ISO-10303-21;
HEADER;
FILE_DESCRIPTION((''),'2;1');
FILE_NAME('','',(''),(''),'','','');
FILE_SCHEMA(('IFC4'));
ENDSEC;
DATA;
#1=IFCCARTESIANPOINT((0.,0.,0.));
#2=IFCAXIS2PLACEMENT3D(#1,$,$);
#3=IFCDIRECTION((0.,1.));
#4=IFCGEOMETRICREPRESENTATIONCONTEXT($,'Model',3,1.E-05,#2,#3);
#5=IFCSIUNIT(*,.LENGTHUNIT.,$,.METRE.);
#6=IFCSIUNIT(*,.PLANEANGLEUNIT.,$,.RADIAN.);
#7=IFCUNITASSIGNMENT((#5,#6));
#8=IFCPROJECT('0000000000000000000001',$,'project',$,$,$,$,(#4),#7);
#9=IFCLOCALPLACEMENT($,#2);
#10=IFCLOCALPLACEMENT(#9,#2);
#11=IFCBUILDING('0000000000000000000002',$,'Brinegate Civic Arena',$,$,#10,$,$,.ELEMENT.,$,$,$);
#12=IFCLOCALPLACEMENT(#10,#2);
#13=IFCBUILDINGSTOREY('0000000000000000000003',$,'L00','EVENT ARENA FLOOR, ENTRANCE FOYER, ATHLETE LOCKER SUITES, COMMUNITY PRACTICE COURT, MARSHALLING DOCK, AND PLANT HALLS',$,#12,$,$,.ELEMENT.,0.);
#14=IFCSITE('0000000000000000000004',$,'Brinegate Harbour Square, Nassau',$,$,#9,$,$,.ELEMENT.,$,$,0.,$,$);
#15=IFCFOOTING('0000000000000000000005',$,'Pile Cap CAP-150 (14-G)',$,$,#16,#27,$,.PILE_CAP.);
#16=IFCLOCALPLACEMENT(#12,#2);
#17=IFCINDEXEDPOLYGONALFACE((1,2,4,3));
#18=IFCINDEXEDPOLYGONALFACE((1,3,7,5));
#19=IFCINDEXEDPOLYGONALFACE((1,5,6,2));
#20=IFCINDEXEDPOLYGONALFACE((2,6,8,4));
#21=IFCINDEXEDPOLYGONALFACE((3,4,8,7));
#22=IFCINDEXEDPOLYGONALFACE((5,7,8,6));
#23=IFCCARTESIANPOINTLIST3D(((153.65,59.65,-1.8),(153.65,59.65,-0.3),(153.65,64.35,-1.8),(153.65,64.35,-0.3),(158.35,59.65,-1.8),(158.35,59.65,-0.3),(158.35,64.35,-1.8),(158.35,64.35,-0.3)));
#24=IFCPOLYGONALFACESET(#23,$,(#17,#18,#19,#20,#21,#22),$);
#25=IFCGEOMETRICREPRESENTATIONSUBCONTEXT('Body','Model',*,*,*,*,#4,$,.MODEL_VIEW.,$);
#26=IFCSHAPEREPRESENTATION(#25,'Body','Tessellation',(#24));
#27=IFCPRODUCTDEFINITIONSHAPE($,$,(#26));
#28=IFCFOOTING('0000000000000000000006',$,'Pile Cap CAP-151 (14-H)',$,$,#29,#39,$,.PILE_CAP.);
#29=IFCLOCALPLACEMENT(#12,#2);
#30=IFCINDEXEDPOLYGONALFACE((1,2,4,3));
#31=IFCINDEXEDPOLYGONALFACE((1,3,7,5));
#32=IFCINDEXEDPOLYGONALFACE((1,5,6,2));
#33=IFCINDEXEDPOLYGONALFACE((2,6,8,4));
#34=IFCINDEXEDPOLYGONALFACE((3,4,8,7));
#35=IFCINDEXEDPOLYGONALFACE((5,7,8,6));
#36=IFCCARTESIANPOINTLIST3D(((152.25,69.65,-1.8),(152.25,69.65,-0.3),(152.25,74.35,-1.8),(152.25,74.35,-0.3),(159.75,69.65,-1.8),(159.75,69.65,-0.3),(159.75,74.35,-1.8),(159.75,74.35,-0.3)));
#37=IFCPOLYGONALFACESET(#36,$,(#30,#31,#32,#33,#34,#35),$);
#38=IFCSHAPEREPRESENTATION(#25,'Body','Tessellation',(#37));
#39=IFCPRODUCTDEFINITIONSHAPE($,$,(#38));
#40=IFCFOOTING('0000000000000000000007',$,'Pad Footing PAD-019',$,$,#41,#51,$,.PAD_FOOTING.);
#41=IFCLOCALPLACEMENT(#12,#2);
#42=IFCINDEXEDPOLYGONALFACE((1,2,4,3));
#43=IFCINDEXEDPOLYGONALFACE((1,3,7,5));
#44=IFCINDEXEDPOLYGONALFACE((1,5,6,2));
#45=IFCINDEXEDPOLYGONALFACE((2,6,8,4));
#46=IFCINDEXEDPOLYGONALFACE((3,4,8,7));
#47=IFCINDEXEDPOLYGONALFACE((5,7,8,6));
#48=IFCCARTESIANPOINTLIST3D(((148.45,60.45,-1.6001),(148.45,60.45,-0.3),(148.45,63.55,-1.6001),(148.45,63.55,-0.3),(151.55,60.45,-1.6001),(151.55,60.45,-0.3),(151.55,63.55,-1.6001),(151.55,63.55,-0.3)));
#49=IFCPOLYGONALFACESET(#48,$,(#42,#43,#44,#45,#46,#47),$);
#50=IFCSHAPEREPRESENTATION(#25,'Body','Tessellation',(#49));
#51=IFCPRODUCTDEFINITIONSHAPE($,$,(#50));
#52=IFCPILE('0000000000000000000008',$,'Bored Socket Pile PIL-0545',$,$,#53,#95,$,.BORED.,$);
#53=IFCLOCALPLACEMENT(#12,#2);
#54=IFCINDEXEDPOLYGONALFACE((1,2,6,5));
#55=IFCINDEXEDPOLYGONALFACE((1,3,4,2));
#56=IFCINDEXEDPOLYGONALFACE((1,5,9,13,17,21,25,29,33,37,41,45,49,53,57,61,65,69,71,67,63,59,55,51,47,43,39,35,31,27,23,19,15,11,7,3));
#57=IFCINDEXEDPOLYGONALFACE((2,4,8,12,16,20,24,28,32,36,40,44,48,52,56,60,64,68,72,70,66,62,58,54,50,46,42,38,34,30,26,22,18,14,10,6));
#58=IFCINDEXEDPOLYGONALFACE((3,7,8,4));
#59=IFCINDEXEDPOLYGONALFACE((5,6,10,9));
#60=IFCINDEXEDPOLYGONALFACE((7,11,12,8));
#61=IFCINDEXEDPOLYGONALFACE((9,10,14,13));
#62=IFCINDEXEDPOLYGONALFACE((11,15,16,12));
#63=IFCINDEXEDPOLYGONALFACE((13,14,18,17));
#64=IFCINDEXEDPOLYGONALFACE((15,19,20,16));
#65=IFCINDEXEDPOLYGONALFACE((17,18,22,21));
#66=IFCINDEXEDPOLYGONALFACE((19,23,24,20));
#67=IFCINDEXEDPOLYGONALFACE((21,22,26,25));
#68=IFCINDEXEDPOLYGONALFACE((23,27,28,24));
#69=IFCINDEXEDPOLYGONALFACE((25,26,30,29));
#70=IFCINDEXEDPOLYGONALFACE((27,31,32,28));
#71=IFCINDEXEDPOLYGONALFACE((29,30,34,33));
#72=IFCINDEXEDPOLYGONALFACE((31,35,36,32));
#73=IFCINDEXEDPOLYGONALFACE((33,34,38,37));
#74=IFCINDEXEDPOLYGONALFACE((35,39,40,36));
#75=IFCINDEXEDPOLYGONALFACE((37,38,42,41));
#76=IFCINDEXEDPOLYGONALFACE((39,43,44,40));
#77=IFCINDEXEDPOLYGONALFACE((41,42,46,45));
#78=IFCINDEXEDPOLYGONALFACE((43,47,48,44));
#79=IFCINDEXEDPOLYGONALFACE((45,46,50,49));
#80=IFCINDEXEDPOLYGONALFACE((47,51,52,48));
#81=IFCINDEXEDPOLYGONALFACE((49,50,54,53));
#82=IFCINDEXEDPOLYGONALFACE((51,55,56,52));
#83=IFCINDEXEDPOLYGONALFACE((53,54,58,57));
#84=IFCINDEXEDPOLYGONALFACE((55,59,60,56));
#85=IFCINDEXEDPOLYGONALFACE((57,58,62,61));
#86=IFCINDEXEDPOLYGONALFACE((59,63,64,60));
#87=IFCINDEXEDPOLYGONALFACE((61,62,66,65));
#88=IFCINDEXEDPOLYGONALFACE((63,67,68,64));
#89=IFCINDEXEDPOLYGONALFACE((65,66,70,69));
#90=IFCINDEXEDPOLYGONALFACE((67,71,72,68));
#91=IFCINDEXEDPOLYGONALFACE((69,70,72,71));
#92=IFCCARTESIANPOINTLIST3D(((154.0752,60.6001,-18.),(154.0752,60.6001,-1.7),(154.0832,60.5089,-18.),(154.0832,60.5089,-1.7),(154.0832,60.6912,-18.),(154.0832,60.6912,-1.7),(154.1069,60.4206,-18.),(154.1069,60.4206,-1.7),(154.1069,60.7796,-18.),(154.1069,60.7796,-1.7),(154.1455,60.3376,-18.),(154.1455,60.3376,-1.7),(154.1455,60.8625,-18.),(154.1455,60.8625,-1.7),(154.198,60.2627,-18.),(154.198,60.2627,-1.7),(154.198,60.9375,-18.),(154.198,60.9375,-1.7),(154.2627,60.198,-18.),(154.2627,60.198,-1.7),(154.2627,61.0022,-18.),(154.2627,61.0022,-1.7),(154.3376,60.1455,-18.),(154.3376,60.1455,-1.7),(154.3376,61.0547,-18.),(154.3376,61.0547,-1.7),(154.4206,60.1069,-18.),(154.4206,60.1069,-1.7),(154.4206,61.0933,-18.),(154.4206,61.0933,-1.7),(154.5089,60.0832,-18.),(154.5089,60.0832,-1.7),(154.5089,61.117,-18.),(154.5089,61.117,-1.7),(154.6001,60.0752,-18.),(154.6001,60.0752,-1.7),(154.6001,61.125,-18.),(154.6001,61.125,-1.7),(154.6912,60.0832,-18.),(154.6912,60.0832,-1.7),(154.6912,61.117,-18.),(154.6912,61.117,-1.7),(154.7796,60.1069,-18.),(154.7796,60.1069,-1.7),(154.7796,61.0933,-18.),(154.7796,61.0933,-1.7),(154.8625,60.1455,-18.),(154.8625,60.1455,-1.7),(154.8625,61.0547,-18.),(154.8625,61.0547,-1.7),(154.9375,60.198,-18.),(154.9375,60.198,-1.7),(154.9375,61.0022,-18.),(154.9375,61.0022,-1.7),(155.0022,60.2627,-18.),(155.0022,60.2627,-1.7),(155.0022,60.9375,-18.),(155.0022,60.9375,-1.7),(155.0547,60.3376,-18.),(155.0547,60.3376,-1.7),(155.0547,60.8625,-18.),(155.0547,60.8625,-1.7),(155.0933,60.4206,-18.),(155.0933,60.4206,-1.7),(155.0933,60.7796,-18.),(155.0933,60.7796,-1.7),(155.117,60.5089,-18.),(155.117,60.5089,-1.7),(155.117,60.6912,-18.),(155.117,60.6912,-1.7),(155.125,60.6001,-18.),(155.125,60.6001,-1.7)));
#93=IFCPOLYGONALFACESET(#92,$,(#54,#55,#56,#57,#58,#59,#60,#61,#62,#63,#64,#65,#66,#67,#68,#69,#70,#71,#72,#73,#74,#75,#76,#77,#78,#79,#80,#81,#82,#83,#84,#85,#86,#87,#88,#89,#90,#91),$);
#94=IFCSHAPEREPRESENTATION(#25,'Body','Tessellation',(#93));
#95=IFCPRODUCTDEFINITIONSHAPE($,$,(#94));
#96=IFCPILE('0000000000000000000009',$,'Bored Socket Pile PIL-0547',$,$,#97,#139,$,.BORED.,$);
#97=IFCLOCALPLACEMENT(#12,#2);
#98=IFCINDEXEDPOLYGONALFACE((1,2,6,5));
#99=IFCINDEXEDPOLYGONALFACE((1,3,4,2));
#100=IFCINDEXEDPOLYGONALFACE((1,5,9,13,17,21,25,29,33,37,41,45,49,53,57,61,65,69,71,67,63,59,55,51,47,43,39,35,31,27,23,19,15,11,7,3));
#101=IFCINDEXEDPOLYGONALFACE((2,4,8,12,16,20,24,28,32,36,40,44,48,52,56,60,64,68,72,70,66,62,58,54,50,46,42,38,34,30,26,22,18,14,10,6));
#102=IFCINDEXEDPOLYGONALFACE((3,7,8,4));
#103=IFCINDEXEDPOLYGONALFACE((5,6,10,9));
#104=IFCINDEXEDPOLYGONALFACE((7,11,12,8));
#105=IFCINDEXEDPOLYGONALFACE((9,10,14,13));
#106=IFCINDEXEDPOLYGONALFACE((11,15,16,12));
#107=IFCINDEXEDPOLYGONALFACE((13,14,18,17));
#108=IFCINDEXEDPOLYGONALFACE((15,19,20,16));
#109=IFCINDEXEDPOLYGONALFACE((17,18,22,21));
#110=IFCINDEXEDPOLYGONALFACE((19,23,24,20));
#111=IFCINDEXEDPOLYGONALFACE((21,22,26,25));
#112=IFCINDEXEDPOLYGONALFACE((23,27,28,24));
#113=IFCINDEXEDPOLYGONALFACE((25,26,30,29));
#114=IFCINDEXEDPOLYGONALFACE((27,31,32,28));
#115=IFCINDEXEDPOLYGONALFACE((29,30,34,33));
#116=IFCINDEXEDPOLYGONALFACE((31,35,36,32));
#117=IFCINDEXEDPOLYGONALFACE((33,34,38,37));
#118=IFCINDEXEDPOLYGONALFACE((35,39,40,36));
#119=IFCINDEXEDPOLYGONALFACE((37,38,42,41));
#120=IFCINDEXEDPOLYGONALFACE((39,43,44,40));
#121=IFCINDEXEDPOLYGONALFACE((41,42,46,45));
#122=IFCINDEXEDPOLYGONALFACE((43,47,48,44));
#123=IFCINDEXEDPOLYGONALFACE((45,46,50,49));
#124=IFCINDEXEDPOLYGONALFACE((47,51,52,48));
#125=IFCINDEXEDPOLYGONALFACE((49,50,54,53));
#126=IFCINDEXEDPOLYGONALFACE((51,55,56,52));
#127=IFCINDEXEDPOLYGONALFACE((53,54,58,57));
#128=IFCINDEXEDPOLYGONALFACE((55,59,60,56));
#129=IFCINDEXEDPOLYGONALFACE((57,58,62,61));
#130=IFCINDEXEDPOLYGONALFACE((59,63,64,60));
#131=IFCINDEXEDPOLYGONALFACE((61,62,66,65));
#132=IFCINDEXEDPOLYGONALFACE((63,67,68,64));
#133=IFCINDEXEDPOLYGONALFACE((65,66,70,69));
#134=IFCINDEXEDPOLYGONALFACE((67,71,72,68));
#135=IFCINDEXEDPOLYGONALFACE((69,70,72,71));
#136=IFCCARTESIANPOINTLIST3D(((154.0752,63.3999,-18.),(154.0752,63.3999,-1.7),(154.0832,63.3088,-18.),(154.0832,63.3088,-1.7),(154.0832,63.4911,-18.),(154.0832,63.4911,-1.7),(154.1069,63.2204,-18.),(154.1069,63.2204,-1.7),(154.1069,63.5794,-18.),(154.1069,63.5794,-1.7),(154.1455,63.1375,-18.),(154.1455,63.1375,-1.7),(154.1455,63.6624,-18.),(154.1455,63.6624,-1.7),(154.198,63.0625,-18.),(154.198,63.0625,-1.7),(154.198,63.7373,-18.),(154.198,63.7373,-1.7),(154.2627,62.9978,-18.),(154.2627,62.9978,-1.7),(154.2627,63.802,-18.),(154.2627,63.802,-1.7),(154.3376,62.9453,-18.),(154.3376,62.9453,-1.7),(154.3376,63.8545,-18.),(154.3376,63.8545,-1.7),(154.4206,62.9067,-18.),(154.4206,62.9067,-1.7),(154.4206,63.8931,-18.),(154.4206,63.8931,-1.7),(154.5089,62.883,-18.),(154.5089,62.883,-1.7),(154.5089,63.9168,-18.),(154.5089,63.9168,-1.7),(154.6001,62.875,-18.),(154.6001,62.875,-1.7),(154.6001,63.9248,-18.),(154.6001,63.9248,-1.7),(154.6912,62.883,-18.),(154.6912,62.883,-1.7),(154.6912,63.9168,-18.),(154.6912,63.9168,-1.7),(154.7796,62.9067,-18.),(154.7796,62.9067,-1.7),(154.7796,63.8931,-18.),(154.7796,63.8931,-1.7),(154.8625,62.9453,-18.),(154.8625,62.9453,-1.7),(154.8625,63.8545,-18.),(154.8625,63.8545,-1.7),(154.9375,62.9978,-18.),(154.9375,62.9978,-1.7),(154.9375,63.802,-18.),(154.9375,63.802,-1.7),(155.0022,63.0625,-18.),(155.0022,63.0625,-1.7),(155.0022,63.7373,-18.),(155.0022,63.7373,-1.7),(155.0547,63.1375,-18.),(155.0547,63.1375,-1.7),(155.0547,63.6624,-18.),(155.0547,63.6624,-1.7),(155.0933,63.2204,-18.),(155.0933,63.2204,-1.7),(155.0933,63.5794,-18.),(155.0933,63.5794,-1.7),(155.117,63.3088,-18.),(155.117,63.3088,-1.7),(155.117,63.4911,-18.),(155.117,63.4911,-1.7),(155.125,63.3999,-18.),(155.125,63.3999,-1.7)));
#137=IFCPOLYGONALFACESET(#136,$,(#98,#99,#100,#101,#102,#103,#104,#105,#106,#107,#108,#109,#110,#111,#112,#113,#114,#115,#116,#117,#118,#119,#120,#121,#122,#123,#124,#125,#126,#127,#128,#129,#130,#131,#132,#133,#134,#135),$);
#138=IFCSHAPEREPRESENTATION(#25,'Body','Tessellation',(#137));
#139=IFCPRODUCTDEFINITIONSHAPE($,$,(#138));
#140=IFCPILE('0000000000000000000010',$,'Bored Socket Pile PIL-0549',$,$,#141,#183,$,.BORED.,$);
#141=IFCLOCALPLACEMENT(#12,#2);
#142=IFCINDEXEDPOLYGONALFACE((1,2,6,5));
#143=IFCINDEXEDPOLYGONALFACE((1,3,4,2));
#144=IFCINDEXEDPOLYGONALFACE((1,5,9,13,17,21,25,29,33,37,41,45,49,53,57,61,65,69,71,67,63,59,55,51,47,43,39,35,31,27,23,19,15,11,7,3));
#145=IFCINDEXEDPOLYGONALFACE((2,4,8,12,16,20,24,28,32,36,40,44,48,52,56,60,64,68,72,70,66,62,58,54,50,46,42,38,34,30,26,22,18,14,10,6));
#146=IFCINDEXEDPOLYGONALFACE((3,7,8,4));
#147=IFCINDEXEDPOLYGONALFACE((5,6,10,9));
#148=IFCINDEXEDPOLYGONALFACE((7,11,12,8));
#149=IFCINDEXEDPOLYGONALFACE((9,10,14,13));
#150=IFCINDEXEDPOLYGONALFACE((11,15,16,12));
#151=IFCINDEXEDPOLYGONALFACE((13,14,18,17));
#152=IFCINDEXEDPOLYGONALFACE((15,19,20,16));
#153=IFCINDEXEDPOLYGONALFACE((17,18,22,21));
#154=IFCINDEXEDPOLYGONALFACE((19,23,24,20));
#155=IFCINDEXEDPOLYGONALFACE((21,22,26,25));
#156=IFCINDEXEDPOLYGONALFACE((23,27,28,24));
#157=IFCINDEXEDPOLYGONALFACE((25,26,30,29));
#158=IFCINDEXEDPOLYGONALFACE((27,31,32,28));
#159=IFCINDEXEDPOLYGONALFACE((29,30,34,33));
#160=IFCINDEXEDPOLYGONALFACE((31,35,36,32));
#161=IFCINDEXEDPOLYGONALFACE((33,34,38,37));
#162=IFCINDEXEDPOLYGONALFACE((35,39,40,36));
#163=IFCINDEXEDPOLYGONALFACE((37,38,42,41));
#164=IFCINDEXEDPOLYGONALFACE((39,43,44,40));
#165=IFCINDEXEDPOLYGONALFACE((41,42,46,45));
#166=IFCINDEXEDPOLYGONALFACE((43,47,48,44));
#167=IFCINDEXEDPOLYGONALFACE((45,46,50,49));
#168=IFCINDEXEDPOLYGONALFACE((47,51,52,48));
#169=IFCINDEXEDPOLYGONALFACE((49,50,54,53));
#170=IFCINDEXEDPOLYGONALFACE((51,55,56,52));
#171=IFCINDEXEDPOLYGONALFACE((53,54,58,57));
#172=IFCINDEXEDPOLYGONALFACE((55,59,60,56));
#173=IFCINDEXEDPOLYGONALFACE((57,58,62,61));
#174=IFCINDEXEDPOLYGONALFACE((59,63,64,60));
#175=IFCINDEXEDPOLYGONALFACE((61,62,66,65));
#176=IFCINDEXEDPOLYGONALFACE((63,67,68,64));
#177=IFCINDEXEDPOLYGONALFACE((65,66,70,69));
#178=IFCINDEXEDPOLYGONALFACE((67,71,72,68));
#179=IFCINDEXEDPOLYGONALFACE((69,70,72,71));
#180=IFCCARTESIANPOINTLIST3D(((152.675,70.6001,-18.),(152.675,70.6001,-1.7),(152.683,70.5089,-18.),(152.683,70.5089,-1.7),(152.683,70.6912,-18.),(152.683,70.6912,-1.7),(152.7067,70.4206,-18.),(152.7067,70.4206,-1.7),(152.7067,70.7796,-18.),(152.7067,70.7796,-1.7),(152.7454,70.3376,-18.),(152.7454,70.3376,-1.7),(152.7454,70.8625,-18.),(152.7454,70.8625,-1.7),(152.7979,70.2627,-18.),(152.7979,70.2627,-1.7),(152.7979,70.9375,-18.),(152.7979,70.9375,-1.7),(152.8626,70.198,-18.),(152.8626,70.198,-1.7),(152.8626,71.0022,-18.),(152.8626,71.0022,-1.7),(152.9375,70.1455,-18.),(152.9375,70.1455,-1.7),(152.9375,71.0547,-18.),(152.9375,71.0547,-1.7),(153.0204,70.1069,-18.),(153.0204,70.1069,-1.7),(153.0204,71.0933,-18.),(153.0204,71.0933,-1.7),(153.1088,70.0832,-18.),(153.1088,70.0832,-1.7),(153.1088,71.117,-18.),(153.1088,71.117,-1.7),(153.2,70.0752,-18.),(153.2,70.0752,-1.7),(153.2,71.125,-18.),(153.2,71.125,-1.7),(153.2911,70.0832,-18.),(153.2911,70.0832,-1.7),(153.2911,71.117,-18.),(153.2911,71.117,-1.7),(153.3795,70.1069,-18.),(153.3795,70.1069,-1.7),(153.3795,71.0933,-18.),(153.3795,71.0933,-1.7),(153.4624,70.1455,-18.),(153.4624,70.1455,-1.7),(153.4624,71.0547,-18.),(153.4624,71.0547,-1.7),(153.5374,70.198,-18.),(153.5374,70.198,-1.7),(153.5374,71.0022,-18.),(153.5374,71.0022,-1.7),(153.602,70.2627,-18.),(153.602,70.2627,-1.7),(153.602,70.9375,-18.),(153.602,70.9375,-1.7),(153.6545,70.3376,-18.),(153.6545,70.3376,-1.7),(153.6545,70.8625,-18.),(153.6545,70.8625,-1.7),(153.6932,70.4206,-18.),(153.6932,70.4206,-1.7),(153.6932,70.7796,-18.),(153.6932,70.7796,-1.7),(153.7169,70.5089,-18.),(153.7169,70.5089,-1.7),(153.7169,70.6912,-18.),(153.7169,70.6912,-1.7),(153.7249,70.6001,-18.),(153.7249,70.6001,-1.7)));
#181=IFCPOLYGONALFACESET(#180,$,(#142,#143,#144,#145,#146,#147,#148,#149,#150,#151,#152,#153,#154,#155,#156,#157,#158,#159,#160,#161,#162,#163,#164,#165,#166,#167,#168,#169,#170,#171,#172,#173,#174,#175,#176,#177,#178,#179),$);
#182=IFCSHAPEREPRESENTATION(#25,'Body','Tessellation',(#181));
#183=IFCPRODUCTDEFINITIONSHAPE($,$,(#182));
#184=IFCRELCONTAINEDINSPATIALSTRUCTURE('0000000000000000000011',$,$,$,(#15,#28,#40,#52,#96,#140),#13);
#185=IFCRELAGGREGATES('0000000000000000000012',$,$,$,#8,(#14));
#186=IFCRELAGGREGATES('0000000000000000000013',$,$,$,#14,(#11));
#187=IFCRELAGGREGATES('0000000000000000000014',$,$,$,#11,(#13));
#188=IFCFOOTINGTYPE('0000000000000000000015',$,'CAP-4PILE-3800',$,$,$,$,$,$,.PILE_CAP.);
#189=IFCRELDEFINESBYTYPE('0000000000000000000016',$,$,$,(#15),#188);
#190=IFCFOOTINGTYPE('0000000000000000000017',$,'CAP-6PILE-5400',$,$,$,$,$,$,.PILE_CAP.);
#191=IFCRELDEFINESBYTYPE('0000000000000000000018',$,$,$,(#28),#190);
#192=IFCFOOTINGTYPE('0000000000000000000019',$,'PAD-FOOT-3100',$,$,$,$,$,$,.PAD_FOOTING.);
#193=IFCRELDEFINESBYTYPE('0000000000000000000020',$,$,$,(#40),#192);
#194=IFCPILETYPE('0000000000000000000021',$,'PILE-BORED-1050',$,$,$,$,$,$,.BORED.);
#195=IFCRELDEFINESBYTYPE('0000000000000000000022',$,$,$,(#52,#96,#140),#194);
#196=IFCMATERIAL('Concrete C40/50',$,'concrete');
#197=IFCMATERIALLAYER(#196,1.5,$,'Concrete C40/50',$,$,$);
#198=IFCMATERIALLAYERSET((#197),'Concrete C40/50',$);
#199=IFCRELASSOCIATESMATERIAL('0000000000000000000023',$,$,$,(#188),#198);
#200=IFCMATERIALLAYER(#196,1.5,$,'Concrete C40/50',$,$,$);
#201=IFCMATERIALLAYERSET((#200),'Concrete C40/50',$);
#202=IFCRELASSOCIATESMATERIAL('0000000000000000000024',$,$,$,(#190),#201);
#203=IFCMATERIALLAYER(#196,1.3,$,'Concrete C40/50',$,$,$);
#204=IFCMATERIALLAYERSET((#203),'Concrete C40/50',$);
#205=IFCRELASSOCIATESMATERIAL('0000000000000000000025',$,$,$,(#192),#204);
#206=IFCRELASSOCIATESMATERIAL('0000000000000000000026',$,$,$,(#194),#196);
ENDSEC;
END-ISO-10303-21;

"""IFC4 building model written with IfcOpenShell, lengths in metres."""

from ifc_helpers import new_model, si_unit, direction, frame, origin, origin_2d, place, context, subcontext, project, spatial, rectangle, circle, extrude, material, layer, layer_set, material_profile, profile_set, type_object, element, save


model = new_model("IFC4")

# Units and contexts
model_context = context("Model", 3, precision=1e-05, world=origin(), true_north=direction((0.0, 1.0)))
body_context = subcontext(model_context, "Body", "Model", "MODEL_VIEW")
ifc_project = project(units=[si_unit("LENGTHUNIT", "METRE"), si_unit("PLANEANGLEUNIT", "RADIAN")], contexts=[model_context])

# Site, building, storey
site_placement = place(None, origin())
site = spatial("IfcSite", under=ifc_project, at=site_placement, Name="Brinegate Harbour Square, Nassau", CompositionType="ELEMENT", RefElevation=0.0)
building_placement = place(site_placement, origin())
building = spatial("IfcBuilding", under=site, at=building_placement, Name="Brinegate Civic Arena", CompositionType="ELEMENT")
storey_placement = place(building_placement, origin())
storey = spatial("IfcBuildingStorey", under=building, at=storey_placement, Name="L00", Description="EVENT ARENA FLOOR, ENTRANCE FOYER, ATHLETE LOCKER SUITES, COMMUNITY PRACTICE COURT, MARSHALLING DOCK, AND PLANT HALLS", CompositionType="ELEMENT", Elevation=0.0)

# Footings
ifc_material_1 = material(Name="Concrete C40/50", Category="concrete")
ifc_layer_1 = layer(ifc_material_1, 1.5, Name="Concrete C40/50")
ifc_layer_set_1 = layer_set([ifc_layer_1], Name="Concrete C40/50")
footing_type_1 = type_object("IfcFootingType", Name="CAP-4PILE-3800", PredefinedType="PILE_CAP", material=ifc_layer_set_1)
footing_1_placement = place(storey_placement, frame((156.0, 62.0, -1.8), z_axis=(0.0, 0.0, 1.0), x_axis=(1.0, 0.0, 0.0)))
element("IfcFooting", 1, at=footing_1_placement, inside=storey, type_object=footing_type_1, Name="Pile Cap CAP-150 (14-G)", PredefinedType="PILE_CAP", context=body_context, shape_type="SweptSolid", body=[
    extrude(rectangle(XDim=4.7, YDim=4.7, at=origin_2d()), origin(), (0.0, 0.0, 1.0), 1.5),
])
ifc_layer_2 = layer(ifc_material_1, 1.5, Name="Concrete C40/50")
ifc_layer_set_2 = layer_set([ifc_layer_2], Name="Concrete C40/50")
footing_type_2 = type_object("IfcFootingType", Name="CAP-6PILE-5400", PredefinedType="PILE_CAP", material=ifc_layer_set_2)
footing_2_placement = place(storey_placement, frame((156.0, 72.0, -1.8), z_axis=(0.0, 0.0, 1.0), x_axis=(1.0, 0.0, 0.0)))
element("IfcFooting", 2, at=footing_2_placement, inside=storey, type_object=footing_type_2, Name="Pile Cap CAP-151 (14-H)", PredefinedType="PILE_CAP", context=body_context, shape_type="SweptSolid", body=[
    extrude(rectangle(XDim=7.5, YDim=4.7, at=origin_2d()), origin(), (0.0, 0.0, 1.0), 1.5),
])
ifc_layer_3 = layer(ifc_material_1, 1.3, Name="Concrete C40/50")
ifc_layer_set_3 = layer_set([ifc_layer_3], Name="Concrete C40/50")
footing_type_3 = type_object("IfcFootingType", Name="PAD-FOOT-3100", PredefinedType="PAD_FOOTING", material=ifc_layer_set_3)
footing_3_placement = place(storey_placement, frame((150.0, 62.0, -1.6001), z_axis=(0.0, 0.0, 1.0), x_axis=(1.0, 0.0, 0.0)))
element("IfcFooting", 3, at=footing_3_placement, inside=storey, type_object=footing_type_3, Name="Pad Footing PAD-019", PredefinedType="PAD_FOOTING", context=body_context, shape_type="SweptSolid", body=[
    extrude(rectangle(XDim=3.1001, YDim=3.1001, at=origin_2d()), origin(), (0.0, 0.0, 1.0), 1.3),
])

# Piles
ifc_material_profile_1 = material_profile(ifc_material_1, circle(Radius=0.5249, at=origin_2d()), Name="PILED1050")
ifc_profile_set_1 = profile_set([ifc_material_profile_1], Name="Concrete C40/50")
pile_type = type_object("IfcPileType", Name="PILE-BORED-1050", PredefinedType="BORED", material=ifc_profile_set_1)
for number, where, z_axis, x_axis, name in (
    (4, (154.6001, 60.6001, -1.7), (0.0, 0.0, -1.0), (1.0, 0.0, 0.0), "Bored Socket Pile PIL-0545"),
    (5, (154.6001, 63.3999, -1.7), (0.0, 0.0, -1.0), (1.0, 0.0, 0.0), "Bored Socket Pile PIL-0547"),
    (6, (153.2, 70.6001, -1.7), (0.0, 0.0, -1.0), (1.0, 0.0, 0.0), "Bored Socket Pile PIL-0549"),
):
    element("IfcPile", number, at=place(storey_placement, frame(where, z_axis=z_axis, x_axis=x_axis)), inside=storey, type_object=pile_type, Name=name, PredefinedType="BORED", context=body_context, shape_type="SweptSolid", body=[
        extrude(circle(Radius=0.5249, at=origin_2d()), origin(), (0.0, 0.0, 1.0), 16.3),
    ])

save(model, "model.ifc")
